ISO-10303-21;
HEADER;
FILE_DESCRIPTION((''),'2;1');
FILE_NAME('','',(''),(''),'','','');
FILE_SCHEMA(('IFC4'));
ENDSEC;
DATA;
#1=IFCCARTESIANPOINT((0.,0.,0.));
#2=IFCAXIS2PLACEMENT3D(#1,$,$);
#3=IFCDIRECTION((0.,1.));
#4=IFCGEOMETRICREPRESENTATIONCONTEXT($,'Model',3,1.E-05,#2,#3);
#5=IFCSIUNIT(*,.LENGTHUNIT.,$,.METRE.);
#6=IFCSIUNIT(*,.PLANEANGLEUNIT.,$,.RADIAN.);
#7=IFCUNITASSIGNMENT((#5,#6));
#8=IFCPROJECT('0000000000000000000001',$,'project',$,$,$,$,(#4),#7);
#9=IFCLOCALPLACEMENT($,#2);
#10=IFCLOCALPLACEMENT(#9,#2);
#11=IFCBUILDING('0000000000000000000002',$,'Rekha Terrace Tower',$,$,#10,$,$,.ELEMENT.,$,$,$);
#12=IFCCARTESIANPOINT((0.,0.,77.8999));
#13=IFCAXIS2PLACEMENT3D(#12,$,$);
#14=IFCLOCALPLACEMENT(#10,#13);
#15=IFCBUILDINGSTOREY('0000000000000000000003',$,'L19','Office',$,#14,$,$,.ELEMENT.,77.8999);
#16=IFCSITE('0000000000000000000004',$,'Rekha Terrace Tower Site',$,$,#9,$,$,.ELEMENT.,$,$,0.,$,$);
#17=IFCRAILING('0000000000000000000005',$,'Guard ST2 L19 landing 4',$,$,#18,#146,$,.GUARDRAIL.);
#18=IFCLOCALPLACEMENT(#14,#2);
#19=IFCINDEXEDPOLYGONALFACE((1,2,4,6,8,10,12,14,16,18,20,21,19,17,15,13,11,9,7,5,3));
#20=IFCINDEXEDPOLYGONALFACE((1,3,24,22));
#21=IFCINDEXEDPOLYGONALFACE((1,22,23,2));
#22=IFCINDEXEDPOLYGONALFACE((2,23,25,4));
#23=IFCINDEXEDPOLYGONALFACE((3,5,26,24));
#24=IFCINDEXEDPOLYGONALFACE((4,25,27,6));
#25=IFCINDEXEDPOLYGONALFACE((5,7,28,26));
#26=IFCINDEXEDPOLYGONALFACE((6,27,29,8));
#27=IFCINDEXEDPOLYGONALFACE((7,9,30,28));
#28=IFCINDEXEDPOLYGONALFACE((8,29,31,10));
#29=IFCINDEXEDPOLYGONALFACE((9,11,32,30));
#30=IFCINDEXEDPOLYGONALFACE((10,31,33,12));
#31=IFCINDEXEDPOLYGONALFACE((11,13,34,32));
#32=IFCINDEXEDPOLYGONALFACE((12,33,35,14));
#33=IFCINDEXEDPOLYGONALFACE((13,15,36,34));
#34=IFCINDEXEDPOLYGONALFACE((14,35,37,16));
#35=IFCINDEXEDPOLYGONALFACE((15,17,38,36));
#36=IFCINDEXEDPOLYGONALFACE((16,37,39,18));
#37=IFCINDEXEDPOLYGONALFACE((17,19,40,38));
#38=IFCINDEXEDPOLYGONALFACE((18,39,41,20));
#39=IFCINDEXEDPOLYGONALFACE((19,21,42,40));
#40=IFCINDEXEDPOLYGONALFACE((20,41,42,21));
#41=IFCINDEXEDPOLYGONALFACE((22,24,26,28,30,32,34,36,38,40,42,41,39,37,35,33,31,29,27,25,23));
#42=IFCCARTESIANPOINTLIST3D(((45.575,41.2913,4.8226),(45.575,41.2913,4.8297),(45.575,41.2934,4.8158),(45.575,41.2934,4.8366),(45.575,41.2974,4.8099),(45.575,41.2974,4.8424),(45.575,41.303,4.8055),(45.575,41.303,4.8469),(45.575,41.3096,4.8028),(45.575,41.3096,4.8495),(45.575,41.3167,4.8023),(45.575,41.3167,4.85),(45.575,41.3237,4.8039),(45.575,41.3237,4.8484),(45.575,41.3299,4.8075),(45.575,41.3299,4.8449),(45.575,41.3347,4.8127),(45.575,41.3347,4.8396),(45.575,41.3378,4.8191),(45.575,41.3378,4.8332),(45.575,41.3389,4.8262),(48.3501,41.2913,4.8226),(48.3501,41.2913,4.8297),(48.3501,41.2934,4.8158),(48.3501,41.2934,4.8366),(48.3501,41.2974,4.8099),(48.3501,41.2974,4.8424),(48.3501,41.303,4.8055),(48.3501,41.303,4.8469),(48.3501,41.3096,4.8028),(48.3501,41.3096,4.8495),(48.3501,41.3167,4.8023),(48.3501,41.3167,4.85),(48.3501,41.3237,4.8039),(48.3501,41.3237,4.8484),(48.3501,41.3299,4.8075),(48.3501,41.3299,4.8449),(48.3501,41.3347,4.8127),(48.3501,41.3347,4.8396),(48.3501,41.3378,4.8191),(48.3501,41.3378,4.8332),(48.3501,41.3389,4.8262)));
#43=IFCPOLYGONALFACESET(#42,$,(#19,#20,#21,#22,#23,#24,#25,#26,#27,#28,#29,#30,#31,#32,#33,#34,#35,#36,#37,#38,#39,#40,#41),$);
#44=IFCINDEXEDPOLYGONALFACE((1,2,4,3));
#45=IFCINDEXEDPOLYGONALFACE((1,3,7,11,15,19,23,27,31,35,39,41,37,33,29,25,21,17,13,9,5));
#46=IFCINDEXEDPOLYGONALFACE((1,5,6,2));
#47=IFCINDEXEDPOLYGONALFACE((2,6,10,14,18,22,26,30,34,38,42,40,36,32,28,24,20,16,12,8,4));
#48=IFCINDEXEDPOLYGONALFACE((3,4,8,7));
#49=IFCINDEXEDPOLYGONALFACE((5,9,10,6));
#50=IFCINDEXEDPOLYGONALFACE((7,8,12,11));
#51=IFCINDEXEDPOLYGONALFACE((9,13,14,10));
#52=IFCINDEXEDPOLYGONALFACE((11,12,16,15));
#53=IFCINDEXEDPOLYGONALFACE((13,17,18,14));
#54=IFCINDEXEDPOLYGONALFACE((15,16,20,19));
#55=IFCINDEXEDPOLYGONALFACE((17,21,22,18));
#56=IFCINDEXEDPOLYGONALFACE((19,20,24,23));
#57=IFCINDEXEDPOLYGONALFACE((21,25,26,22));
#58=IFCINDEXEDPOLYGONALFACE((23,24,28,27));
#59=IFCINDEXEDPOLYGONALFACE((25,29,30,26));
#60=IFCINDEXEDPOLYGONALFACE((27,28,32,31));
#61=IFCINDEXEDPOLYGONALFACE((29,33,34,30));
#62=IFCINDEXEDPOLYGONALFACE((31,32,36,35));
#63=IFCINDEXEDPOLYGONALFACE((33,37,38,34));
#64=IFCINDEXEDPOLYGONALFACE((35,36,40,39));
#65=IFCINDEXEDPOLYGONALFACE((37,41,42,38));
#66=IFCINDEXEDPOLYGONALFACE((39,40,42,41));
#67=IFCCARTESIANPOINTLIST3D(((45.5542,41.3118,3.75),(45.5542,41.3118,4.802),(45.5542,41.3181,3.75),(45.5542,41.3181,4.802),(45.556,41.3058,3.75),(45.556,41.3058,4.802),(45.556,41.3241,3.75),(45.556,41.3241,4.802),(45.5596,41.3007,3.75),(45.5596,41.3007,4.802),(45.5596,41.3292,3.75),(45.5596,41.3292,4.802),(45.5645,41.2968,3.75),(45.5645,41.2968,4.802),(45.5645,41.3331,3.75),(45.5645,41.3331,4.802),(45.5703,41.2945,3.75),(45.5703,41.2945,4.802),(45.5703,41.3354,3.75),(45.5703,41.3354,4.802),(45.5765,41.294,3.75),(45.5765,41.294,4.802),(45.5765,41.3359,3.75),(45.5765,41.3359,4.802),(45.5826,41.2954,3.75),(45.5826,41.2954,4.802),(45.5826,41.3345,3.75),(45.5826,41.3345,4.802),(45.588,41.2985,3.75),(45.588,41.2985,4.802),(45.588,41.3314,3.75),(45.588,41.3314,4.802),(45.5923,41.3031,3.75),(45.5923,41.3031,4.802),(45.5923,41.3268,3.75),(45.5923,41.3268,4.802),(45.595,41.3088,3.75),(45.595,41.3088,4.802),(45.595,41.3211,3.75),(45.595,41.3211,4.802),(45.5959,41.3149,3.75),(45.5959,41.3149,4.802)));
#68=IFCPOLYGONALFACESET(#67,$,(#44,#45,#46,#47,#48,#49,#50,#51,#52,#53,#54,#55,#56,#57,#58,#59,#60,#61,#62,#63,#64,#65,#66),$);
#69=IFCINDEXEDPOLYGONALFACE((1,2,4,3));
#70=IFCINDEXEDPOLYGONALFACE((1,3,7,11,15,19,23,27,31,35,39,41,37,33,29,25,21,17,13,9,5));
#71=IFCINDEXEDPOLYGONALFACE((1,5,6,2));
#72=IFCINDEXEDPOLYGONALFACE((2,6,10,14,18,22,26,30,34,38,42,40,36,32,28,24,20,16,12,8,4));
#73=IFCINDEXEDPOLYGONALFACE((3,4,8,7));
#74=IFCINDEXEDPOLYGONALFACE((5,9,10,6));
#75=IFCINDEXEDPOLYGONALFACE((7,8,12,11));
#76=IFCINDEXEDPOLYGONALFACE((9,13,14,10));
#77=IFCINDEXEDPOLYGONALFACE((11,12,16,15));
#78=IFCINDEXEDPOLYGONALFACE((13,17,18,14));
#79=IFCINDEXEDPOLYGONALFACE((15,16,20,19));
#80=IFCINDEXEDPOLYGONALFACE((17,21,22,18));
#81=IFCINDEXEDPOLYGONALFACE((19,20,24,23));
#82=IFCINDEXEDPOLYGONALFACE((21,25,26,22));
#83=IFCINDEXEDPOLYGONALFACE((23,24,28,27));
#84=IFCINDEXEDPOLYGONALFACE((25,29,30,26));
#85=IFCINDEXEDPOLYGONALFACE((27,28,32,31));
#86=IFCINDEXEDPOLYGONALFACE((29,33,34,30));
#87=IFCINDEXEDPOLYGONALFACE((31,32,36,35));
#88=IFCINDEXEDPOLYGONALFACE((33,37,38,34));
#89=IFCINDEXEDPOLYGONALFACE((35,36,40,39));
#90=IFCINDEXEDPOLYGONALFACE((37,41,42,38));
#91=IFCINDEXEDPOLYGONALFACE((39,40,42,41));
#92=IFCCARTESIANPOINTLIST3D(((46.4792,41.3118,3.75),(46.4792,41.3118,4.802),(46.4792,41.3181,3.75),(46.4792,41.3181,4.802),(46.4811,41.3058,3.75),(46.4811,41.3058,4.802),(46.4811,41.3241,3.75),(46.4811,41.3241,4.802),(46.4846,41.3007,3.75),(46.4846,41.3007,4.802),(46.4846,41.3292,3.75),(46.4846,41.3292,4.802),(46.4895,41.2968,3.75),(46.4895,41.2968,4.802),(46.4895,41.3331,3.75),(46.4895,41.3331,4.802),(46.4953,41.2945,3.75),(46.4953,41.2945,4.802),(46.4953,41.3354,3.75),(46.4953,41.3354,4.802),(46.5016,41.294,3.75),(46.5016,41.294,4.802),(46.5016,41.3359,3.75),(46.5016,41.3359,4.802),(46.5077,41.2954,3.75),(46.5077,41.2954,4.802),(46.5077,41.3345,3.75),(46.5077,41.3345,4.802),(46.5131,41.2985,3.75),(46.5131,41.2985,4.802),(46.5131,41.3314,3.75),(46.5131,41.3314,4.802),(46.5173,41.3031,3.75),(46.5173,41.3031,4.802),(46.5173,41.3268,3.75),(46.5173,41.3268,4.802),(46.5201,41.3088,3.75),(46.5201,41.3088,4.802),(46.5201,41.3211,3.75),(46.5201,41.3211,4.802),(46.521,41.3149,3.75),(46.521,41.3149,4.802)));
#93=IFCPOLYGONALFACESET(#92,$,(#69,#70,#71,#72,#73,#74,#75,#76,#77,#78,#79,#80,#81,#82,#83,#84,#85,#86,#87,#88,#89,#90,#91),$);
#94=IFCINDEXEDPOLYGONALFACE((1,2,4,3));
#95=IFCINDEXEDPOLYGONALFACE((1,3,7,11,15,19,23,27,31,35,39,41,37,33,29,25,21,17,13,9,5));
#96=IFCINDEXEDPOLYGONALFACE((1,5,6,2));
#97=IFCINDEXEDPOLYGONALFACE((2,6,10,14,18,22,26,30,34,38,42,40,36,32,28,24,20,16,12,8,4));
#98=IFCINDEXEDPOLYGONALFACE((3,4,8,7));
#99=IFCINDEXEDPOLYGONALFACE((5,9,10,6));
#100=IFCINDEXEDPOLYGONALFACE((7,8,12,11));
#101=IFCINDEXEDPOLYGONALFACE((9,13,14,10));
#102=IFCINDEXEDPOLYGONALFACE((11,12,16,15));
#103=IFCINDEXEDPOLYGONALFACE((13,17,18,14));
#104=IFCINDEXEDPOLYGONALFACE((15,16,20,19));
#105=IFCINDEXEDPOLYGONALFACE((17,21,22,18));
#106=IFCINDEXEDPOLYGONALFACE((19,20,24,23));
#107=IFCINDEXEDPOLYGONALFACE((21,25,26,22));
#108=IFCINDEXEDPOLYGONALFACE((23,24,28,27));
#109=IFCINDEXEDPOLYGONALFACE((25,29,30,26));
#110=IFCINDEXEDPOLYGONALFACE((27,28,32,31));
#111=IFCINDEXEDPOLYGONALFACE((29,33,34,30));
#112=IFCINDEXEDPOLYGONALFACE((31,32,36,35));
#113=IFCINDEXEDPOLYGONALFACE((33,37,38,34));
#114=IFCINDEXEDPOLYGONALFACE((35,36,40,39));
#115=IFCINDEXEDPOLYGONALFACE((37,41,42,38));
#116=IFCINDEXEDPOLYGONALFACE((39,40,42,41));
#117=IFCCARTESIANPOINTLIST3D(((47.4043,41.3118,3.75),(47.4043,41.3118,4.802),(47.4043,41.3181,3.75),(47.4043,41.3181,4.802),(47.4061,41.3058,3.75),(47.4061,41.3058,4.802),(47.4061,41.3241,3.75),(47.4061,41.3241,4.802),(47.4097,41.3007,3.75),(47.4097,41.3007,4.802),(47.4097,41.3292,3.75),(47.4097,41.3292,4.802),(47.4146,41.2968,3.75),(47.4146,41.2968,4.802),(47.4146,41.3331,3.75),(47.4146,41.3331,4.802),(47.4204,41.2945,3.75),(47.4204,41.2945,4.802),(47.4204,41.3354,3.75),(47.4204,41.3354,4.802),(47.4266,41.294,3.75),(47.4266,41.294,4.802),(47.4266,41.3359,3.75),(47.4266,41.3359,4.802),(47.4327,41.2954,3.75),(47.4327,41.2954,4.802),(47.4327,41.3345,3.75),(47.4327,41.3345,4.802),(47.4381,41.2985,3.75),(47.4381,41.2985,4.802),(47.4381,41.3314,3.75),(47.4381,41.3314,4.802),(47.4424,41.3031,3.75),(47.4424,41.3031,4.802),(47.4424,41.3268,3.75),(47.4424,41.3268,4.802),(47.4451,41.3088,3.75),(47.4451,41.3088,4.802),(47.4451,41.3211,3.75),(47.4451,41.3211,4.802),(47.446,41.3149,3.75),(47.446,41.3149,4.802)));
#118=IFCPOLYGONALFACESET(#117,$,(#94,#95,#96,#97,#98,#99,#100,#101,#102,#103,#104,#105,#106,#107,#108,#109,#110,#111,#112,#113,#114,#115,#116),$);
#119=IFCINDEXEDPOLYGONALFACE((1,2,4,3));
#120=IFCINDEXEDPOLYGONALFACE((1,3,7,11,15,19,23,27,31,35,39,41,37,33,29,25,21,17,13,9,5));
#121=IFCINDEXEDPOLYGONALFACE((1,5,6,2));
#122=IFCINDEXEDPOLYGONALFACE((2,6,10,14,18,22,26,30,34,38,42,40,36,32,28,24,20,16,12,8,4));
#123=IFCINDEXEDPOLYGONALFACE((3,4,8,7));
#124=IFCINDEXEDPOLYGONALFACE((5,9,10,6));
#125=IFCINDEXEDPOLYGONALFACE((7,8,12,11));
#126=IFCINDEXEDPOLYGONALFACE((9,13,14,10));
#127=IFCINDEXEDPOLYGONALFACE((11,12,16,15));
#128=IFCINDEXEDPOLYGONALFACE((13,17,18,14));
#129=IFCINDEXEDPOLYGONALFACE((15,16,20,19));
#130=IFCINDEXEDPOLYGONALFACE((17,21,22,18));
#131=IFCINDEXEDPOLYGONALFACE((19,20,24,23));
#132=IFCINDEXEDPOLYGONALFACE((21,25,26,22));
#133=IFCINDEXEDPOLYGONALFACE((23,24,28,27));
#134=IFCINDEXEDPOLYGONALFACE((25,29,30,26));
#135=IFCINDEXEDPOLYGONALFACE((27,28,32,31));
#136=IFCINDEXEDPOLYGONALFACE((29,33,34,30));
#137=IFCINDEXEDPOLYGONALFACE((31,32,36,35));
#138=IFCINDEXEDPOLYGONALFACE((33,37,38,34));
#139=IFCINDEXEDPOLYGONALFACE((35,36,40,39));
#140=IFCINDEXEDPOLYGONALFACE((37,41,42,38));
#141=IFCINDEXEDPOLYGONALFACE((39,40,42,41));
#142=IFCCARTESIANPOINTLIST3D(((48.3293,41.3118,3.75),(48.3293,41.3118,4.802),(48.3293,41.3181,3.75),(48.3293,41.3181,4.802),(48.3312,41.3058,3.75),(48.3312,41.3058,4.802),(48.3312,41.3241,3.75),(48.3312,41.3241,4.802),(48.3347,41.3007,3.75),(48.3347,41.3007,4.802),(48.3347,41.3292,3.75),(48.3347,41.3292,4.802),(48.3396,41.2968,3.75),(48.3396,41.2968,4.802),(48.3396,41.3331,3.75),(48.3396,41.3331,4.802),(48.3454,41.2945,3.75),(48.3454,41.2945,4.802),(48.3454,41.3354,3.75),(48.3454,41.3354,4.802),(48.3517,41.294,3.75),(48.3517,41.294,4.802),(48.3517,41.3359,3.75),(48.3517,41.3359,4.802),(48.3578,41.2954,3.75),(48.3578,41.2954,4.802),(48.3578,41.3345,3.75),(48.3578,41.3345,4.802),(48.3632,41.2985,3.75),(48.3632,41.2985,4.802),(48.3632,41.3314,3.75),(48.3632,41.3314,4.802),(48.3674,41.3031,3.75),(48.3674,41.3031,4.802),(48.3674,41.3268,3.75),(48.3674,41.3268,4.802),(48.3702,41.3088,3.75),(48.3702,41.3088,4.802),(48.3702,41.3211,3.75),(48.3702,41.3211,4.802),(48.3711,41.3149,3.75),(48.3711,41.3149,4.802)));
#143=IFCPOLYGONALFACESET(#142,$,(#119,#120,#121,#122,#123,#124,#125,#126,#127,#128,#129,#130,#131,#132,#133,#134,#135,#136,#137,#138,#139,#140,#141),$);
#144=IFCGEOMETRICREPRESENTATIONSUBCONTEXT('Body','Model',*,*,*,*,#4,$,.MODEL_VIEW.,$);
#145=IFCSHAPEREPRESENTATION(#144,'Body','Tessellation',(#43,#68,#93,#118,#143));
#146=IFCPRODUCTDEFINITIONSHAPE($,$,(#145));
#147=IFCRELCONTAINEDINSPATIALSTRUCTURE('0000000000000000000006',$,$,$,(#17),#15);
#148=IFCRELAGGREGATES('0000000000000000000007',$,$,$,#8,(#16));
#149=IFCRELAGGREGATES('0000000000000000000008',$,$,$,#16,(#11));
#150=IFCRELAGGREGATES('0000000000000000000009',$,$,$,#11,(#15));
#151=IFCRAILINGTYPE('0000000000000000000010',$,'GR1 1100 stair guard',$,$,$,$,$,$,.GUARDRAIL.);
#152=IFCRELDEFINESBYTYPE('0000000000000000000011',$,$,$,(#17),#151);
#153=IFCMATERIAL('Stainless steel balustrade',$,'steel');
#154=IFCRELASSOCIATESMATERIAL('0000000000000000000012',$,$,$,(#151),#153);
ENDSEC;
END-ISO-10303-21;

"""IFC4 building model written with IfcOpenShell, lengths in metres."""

from ifc_helpers import new_model, si_unit, direction, frame, origin, origin_2d, place, context, subcontext, project, spatial, circle, extrude, material, type_object, element, save


model = new_model("IFC4")

# Units and contexts
model_context = context("Model", 3, precision=1e-05, world=origin(), true_north=direction((0.0, 1.0)))
body_context = subcontext(model_context, "Body", "Model", "MODEL_VIEW")
ifc_project = project(units=[si_unit("LENGTHUNIT", "METRE"), si_unit("PLANEANGLEUNIT", "RADIAN")], contexts=[model_context])

# Site, building, storey
site_placement = place(None, origin())
site = spatial("IfcSite", under=ifc_project, at=site_placement, Name="Rekha Terrace Tower Site", CompositionType="ELEMENT", RefElevation=0.0)
building_placement = place(site_placement, origin())
building = spatial("IfcBuilding", under=site, at=building_placement, Name="Rekha Terrace Tower", CompositionType="ELEMENT")
storey_placement = place(building_placement, frame((0.0, 0.0, 77.8999)))
storey = spatial("IfcBuildingStorey", under=building, at=storey_placement, Name="L19", Description="Office", CompositionType="ELEMENT", Elevation=77.8999)

# Railing
ifc_material_1 = material(Name="Stainless steel balustrade", Category="steel")
railing_type_1 = type_object("IfcRailingType", Name="GR1 1100 stair guard", PredefinedType="GUARDRAIL", material=ifc_material_1)
railing_1_placement = place(storey_placement, frame((45.575, 41.3149, 3.75)))
element("IfcRailing", 1, at=railing_1_placement, inside=storey, type_object=railing_type_1, Name="Guard ST2 L19 landing 4", PredefinedType="GUARDRAIL", context=body_context, shape_type="SweptSolid", body=[
    extrude(circle(Radius=0.0239, at=origin_2d()), frame((0.0, 0.0, 1.0762), z_axis=(1.0, 0.0, 0.0), x_axis=(0.0, 1.0, 0.0)), (0.0, 0.0, 1.0), 2.7751),
    extrude(circle(Radius=0.021, at=origin_2d()), origin(), (0.0, 0.0, 1.0), 1.052),
    extrude(circle(Radius=0.021, at=origin_2d()), frame((0.925, 0.0, 0.0)), (0.0, 0.0, 1.0), 1.052),
    extrude(circle(Radius=0.021, at=origin_2d()), frame((1.8501, 0.0, 0.0)), (0.0, 0.0, 1.0), 1.052),
    extrude(circle(Radius=0.021, at=origin_2d()), frame((2.7751, 0.0, 0.0)), (0.0, 0.0, 1.0), 1.052),
])

save(model, "model.ifc")
